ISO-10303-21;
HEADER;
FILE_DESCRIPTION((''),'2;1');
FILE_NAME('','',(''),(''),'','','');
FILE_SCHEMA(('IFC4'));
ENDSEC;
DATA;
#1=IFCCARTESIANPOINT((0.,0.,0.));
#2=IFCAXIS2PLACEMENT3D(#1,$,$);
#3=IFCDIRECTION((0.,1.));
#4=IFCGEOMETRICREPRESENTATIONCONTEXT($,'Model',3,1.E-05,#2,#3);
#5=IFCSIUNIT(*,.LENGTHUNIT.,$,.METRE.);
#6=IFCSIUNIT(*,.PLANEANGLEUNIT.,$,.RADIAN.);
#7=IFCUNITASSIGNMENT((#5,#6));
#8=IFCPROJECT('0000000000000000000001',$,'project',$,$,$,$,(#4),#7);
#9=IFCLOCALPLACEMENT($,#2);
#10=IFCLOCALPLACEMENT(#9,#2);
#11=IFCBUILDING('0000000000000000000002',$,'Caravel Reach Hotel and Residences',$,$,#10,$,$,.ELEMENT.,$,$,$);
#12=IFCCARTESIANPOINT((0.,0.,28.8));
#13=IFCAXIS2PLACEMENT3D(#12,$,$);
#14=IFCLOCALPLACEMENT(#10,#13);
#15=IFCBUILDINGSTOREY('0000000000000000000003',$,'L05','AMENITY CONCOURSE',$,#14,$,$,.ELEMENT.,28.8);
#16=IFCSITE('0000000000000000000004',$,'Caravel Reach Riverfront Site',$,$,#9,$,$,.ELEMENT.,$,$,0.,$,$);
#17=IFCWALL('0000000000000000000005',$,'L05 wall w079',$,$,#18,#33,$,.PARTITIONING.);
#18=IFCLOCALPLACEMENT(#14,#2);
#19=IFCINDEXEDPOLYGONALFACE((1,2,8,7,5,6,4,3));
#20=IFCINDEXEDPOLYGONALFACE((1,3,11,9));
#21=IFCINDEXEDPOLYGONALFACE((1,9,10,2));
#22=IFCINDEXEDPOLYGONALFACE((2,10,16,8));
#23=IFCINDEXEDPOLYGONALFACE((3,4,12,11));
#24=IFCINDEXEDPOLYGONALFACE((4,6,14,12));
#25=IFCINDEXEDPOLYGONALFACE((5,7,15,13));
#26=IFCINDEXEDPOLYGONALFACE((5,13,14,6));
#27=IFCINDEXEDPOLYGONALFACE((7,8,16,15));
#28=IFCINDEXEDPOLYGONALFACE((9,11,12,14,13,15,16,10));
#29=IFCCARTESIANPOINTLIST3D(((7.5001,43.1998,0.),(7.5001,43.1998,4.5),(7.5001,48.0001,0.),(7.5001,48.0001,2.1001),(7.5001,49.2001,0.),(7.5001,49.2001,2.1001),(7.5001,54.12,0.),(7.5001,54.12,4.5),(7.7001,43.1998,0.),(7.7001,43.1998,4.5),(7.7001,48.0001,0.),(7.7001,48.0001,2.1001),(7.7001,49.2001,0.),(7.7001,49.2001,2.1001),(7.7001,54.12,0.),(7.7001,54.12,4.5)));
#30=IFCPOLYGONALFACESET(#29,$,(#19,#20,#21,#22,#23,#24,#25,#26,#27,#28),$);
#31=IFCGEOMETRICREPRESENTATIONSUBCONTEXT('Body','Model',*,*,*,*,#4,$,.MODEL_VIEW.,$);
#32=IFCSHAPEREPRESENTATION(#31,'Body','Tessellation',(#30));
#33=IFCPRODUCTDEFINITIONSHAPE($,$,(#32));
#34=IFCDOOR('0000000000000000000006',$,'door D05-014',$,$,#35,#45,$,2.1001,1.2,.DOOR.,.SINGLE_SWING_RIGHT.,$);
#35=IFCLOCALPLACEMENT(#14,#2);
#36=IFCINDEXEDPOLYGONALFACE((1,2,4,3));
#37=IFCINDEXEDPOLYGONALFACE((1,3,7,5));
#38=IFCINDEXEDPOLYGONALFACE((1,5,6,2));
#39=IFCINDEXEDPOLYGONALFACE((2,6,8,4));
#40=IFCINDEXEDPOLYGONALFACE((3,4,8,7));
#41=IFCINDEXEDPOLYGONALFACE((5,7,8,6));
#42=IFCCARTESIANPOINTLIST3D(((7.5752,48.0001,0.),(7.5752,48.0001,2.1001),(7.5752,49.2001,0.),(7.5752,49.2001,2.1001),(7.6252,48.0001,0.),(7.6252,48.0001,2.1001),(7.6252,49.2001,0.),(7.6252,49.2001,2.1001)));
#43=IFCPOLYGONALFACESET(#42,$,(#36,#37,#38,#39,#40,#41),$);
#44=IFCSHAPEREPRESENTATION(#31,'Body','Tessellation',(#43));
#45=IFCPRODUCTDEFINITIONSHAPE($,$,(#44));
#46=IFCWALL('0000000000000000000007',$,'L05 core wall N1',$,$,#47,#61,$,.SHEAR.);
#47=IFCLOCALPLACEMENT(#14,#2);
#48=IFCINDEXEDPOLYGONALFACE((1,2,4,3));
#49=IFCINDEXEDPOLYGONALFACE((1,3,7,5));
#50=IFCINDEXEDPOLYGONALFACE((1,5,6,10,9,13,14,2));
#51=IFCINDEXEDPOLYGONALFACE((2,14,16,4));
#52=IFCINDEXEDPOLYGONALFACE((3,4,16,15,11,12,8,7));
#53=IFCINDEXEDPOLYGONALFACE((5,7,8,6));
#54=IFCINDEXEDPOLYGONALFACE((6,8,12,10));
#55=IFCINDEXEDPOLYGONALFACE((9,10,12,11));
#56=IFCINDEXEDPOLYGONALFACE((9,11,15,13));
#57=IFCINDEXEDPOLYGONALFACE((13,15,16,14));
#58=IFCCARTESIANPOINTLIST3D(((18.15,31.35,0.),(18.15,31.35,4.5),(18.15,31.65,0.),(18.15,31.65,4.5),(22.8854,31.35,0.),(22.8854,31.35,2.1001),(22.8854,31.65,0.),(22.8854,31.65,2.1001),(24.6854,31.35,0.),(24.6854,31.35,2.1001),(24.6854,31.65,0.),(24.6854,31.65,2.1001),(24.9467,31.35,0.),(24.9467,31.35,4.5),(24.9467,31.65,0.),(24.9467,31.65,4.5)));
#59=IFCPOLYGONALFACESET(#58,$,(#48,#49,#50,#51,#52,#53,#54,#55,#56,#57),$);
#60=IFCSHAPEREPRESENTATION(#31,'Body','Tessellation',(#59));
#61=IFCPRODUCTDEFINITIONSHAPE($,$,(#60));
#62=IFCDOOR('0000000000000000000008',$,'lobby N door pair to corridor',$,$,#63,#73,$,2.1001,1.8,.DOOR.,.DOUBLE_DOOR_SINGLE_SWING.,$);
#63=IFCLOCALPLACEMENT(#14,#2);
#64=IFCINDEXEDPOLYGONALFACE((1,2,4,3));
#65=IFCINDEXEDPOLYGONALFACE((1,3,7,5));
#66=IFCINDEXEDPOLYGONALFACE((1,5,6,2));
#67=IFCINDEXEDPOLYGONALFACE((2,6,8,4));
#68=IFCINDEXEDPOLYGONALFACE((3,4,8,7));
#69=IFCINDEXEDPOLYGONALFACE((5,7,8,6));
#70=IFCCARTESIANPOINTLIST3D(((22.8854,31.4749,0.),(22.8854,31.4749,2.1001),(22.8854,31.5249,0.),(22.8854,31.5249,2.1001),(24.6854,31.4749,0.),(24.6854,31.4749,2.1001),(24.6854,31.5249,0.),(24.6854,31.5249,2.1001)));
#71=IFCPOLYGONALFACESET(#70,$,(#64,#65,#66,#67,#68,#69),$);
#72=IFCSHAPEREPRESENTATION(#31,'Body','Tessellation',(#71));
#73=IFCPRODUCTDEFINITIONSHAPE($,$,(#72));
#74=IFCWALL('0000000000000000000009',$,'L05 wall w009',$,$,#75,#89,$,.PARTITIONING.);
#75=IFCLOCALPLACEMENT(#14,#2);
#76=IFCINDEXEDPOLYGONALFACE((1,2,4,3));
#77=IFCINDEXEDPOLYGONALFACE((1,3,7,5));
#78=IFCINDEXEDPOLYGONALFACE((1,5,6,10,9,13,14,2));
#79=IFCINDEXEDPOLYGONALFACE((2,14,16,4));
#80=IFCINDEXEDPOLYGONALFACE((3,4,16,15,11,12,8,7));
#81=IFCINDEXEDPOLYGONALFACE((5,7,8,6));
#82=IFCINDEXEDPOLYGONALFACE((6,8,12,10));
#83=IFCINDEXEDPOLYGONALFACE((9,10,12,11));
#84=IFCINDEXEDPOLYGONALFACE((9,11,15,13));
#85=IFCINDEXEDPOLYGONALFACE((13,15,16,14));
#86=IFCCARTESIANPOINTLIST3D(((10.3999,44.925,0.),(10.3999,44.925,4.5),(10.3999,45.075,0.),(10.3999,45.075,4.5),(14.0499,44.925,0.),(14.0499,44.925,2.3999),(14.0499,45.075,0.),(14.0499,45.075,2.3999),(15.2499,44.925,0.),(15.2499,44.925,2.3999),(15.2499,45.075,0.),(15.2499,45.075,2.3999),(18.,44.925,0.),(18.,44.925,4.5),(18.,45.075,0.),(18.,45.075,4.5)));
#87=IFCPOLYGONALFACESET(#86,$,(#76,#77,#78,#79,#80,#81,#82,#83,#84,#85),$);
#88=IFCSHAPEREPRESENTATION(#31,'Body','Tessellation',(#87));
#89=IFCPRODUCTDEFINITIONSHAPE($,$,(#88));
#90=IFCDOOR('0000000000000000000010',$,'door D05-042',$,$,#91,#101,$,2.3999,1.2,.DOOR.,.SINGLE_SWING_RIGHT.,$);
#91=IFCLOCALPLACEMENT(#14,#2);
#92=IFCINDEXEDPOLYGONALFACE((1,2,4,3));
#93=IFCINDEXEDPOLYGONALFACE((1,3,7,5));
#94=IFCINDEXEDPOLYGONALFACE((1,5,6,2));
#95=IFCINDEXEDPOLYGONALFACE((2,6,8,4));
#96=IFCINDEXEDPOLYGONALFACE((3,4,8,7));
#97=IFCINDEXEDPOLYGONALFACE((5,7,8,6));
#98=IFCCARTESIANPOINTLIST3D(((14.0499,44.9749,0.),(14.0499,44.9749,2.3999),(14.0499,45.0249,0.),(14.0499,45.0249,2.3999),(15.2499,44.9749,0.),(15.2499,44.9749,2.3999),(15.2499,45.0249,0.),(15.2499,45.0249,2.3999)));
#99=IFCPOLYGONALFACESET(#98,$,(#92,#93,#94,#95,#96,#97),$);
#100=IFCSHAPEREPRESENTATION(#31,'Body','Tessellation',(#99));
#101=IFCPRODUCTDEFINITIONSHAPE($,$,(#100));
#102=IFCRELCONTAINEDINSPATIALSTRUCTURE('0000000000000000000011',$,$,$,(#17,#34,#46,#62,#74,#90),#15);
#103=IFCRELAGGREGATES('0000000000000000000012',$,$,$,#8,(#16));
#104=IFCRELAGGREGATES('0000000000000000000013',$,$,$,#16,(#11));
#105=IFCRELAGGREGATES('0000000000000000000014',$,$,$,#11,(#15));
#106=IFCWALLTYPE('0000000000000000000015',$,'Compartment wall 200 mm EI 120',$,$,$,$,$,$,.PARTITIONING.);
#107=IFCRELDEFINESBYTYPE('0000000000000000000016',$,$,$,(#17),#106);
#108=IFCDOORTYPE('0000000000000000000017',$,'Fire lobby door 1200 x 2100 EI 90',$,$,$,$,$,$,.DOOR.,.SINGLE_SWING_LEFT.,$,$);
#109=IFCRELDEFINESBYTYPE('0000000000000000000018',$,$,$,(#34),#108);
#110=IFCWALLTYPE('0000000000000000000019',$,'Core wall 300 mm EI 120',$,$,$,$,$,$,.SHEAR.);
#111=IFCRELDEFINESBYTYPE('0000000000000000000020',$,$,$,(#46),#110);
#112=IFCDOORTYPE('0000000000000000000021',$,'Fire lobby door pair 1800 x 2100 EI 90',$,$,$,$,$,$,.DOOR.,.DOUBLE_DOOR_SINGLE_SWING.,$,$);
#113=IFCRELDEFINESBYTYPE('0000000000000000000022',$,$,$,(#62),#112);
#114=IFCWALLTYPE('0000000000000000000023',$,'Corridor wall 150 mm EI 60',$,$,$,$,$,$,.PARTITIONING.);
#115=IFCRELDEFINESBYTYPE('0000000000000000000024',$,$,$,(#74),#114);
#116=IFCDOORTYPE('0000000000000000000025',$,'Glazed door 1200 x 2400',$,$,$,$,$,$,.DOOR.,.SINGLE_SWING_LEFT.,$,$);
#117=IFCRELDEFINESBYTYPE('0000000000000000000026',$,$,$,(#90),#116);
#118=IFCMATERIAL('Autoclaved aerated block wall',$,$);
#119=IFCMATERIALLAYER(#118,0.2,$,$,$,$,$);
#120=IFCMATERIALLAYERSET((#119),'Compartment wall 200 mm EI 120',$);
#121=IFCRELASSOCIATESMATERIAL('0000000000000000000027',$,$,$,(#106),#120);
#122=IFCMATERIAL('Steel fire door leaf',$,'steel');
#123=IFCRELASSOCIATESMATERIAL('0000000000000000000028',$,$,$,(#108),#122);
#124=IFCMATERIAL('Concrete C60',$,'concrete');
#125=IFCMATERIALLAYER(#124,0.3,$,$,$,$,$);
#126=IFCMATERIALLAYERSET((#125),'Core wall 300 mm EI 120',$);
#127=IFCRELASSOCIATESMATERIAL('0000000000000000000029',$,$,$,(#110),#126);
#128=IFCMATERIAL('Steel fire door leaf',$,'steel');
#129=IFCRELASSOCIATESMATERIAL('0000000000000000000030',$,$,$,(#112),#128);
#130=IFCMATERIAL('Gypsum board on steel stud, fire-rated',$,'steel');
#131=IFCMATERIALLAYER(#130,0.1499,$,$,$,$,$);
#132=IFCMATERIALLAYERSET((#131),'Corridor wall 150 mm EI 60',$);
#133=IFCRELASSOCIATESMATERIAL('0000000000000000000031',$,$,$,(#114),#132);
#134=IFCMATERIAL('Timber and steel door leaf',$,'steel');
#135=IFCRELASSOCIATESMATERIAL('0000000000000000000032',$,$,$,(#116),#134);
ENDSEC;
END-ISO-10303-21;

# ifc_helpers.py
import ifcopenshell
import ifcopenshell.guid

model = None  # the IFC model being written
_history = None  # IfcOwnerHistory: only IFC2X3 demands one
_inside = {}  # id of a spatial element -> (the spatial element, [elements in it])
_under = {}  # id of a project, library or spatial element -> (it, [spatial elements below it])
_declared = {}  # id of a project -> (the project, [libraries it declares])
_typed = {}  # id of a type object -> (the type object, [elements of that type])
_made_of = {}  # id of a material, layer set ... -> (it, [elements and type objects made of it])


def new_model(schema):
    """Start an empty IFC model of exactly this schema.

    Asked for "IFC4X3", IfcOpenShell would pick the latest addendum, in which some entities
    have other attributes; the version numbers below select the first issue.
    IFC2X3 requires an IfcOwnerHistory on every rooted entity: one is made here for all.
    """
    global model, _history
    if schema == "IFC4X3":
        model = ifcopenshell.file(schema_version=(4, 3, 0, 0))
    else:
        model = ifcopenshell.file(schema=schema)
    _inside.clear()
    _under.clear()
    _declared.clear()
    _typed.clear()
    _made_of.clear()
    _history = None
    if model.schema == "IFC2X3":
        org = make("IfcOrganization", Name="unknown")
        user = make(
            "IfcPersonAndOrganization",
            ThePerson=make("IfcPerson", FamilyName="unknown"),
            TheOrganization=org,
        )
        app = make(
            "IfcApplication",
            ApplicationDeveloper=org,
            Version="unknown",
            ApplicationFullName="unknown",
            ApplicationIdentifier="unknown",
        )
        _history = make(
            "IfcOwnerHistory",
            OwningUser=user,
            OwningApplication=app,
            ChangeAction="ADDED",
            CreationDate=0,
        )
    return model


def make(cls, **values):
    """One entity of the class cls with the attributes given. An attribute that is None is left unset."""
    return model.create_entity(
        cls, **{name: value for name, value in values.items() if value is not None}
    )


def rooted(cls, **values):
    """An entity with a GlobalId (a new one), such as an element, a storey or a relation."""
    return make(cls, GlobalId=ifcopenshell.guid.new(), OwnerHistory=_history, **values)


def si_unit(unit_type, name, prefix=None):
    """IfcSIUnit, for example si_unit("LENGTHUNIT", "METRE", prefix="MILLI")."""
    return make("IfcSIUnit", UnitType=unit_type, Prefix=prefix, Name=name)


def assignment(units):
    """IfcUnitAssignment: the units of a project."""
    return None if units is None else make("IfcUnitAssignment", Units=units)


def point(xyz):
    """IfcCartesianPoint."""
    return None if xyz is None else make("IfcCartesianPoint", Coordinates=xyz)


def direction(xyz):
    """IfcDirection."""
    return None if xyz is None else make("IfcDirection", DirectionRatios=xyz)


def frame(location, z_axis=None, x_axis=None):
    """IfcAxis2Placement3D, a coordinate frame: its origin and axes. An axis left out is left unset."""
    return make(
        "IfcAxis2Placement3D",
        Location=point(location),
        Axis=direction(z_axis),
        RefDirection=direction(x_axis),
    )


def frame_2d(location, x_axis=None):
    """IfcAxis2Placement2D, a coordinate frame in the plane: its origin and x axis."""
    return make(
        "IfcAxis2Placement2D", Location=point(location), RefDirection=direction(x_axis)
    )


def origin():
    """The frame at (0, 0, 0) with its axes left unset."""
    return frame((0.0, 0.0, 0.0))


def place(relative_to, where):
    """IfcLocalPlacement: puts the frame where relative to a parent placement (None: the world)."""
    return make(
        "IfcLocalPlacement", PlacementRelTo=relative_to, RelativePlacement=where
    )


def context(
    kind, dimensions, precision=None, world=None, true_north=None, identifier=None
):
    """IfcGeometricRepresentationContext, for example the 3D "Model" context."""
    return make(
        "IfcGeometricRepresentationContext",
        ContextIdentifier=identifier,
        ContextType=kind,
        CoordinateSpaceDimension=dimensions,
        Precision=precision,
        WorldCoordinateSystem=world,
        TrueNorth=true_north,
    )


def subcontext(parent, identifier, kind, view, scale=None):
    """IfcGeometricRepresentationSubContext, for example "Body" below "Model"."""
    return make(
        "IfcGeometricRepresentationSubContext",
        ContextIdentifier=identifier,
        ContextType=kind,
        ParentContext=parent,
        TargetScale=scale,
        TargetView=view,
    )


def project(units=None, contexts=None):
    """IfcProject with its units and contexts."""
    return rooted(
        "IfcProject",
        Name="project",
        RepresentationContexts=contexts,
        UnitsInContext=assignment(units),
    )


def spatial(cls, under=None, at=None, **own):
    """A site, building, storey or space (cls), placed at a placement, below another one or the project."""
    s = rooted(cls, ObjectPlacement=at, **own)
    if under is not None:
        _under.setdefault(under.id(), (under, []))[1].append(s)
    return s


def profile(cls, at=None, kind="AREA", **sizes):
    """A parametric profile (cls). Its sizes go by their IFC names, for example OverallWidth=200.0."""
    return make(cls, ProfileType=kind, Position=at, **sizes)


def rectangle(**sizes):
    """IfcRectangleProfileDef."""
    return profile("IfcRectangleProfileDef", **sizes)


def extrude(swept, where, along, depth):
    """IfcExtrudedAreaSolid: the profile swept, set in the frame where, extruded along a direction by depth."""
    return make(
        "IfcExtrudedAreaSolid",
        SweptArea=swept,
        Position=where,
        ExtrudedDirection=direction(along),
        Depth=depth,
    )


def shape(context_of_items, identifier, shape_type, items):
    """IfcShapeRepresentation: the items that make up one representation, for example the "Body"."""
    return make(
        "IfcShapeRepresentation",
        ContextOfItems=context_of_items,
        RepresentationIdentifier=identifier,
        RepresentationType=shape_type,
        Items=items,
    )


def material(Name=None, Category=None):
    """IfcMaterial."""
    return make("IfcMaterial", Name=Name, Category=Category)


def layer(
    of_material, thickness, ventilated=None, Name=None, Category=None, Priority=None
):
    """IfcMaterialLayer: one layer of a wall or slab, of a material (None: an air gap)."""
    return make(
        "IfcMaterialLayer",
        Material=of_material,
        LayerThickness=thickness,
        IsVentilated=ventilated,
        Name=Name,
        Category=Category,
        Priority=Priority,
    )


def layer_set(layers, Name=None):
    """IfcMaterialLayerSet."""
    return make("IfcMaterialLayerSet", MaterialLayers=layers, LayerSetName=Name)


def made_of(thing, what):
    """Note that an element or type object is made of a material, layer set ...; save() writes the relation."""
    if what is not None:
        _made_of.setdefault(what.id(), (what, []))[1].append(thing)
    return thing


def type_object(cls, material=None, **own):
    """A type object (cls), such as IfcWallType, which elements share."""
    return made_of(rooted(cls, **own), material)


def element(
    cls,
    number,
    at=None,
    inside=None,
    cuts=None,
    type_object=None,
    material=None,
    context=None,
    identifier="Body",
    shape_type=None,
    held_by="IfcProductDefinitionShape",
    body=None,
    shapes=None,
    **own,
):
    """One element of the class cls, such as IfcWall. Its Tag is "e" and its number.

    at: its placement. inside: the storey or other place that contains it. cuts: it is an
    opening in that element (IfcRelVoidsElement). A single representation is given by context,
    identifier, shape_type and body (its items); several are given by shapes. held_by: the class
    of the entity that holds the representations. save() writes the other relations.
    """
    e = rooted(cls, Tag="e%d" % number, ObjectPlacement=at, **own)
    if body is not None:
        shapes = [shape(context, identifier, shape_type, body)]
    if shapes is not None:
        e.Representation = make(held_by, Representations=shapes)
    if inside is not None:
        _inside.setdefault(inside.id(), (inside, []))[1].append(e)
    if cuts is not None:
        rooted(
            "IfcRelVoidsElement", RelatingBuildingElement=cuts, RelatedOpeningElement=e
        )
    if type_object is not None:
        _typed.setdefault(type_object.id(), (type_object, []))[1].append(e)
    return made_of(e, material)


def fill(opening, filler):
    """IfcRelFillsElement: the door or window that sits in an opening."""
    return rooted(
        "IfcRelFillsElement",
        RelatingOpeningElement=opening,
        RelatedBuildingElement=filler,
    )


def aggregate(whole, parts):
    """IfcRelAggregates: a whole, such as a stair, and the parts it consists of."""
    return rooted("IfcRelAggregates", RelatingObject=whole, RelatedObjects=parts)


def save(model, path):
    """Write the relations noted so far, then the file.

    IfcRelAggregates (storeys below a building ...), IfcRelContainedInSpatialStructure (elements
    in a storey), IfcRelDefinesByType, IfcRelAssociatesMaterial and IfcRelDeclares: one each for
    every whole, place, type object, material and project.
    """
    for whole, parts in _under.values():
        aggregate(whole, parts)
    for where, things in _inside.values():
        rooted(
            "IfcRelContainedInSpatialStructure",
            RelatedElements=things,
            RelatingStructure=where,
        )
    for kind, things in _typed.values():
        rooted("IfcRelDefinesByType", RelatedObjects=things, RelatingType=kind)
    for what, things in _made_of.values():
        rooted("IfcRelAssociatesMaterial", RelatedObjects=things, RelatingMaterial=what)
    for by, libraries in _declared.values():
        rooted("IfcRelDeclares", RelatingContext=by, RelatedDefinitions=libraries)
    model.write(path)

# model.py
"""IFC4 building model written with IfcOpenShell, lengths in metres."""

from ifc_helpers import new_model, si_unit, direction, frame, frame_2d, origin, place, context, subcontext, project, spatial, rectangle, extrude, material, layer, layer_set, type_object, element, fill, save


model = new_model("IFC4")

# Units and contexts
model_context = context("Model", 3, precision=1e-05, world=origin(), true_north=direction((0.0, 1.0)))
body_context = subcontext(model_context, "Body", "Model", "MODEL_VIEW")
ifc_project = project(units=[si_unit("LENGTHUNIT", "METRE"), si_unit("PLANEANGLEUNIT", "RADIAN")], contexts=[model_context])

# Site, building, storey
site_placement = place(None, origin())
site = spatial("IfcSite", under=ifc_project, at=site_placement, Name="Caravel Reach Riverfront Site", CompositionType="ELEMENT", RefElevation=0.0)
building_placement = place(site_placement, origin())
building = spatial("IfcBuilding", under=site, at=building_placement, Name="Caravel Reach Hotel and Residences", CompositionType="ELEMENT")
storey_placement = place(building_placement, frame((0.0, 0.0, 28.8)))
storey = spatial("IfcBuildingStorey", under=building, at=storey_placement, Name="L05", Description="AMENITY CONCOURSE", CompositionType="ELEMENT", Elevation=28.8)

# Shared definitions
ifc_material_1 = material(Name="Autoclaved aerated block wall")
ifc_layer_1 = layer(ifc_material_1, 0.2)
ifc_layer_set_1 = layer_set([ifc_layer_1], Name="Compartment wall 200 mm EI 120")
wall_type_1 = type_object("IfcWallType", Name="Compartment wall 200 mm EI 120", PredefinedType="PARTITIONING", material=ifc_layer_set_1)

# Walls, openings, doors
wall_1_placement = place(storey_placement, frame((7.6001, 43.2, 0.0), z_axis=(0.0, 0.0, 1.0), x_axis=(0.0, 1.0, 0.0)))
wall_1 = element("IfcWall", 1, at=wall_1_placement, inside=storey, type_object=wall_type_1, Name="L05 wall w079", PredefinedType="PARTITIONING", context=body_context, shape_type="SweptSolid", body=[
    extrude(rectangle(XDim=10.9202, YDim=0.2, at=frame_2d((5.46, 0.0))), origin(), (0.0, 0.0, 1.0), 4.5),
])
opening_1_placement = place(wall_1_placement, frame((4.8, 0.0, 0.0)))
opening_1 = element("IfcOpeningElement", 2, at=opening_1_placement, cuts=wall_1, PredefinedType="OPENING", context=body_context, shape_type="SweptSolid", body=[
    extrude(rectangle(XDim=1.2, YDim=2.1001, at=frame_2d((0.6001, 1.05))), frame((0.0, 0.1099, 0.0), z_axis=(0.0, -1.0, 0.0), x_axis=(1.0, 0.0, 0.0)), (0.0, 0.0, 1.0), 0.22),
])
ifc_material_2 = material(Name="Steel fire door leaf", Category="steel")
door_type_1 = type_object("IfcDoorType", Name="Fire lobby door 1200 x 2100 EI 90", OperationType="SINGLE_SWING_LEFT", PredefinedType="DOOR", material=ifc_material_2)
door_1_placement = place(opening_1_placement, origin())
door_1 = element("IfcDoor", 3, at=door_1_placement, inside=storey, type_object=door_type_1, Name="door D05-014", OperationType="SINGLE_SWING_RIGHT", OverallHeight=2.1001, OverallWidth=1.2, PredefinedType="DOOR", context=body_context, shape_type="SweptSolid", body=[
    extrude(rectangle(XDim=1.2, YDim=2.1001, at=frame_2d((0.6001, 1.05))), frame((0.0, 0.0249, 0.0), z_axis=(0.0, -1.0, 0.0), x_axis=(1.0, 0.0, 0.0)), (0.0, 0.0, 1.0), 0.05),
])
fill(opening_1, door_1)
ifc_material_3 = material(Name="Concrete C60", Category="concrete")
ifc_layer_2 = layer(ifc_material_3, 0.3)
ifc_layer_set_2 = layer_set([ifc_layer_2], Name="Core wall 300 mm EI 120")
wall_type_2 = type_object("IfcWallType", Name="Core wall 300 mm EI 120", PredefinedType="SHEAR", material=ifc_layer_set_2)
wall_2_placement = place(storey_placement, frame((18.1499, 31.5, 0.0), z_axis=(0.0, 0.0, 1.0), x_axis=(1.0, 0.0, 0.0)))
wall_2 = element("IfcWall", 4, at=wall_2_placement, inside=storey, type_object=wall_type_2, Name="L05 core wall N1", PredefinedType="SHEAR", context=body_context, shape_type="SweptSolid", body=[
    extrude(rectangle(XDim=6.7966, YDim=0.3, at=frame_2d((3.3984, 0.0))), origin(), (0.0, 0.0, 1.0), 4.5),
])
opening_2_placement = place(wall_2_placement, frame((4.7356, 0.0, 0.0)))
opening_2 = element("IfcOpeningElement", 5, at=opening_2_placement, cuts=wall_2, PredefinedType="OPENING", context=body_context, shape_type="SweptSolid", body=[
    extrude(rectangle(XDim=1.8, YDim=2.1001, at=frame_2d((0.8999, 1.05))), frame((0.0, 0.1599, 0.0), z_axis=(0.0, -1.0, 0.0), x_axis=(1.0, 0.0, 0.0)), (0.0, 0.0, 1.0), 0.3201),
])
ifc_material_4 = material(Name="Steel fire door leaf", Category="steel")
door_type_2 = type_object("IfcDoorType", Name="Fire lobby door pair 1800 x 2100 EI 90", OperationType="DOUBLE_DOOR_SINGLE_SWING", PredefinedType="DOOR", material=ifc_material_4)
door_2_placement = place(opening_2_placement, origin())
door_2 = element("IfcDoor", 6, at=door_2_placement, inside=storey, type_object=door_type_2, Name="lobby N door pair to corridor", OperationType="DOUBLE_DOOR_SINGLE_SWING", OverallHeight=2.1001, OverallWidth=1.8, PredefinedType="DOOR", context=body_context, shape_type="SweptSolid", body=[
    extrude(rectangle(XDim=1.8, YDim=2.1001, at=frame_2d((0.8999, 1.05))), frame((0.0, 0.0249, 0.0), z_axis=(0.0, -1.0, 0.0), x_axis=(1.0, 0.0, 0.0)), (0.0, 0.0, 1.0), 0.05),
])
fill(opening_2, door_2)
ifc_material_5 = material(Name="Gypsum board on steel stud, fire-rated", Category="steel")
ifc_layer_3 = layer(ifc_material_5, 0.1499)
ifc_layer_set_3 = layer_set([ifc_layer_3], Name="Corridor wall 150 mm EI 60")
wall_type_3 = type_object("IfcWallType", Name="Corridor wall 150 mm EI 60", PredefinedType="PARTITIONING", material=ifc_layer_set_3)
wall_3_placement = place(storey_placement, frame((10.3999, 45.0, 0.0), z_axis=(0.0, 0.0, 1.0), x_axis=(1.0, 0.0, 0.0)))
wall_3 = element("IfcWall", 7, at=wall_3_placement, inside=storey, type_object=wall_type_3, Name="L05 wall w009", PredefinedType="PARTITIONING", context=body_context, shape_type="SweptSolid", body=[
    extrude(rectangle(XDim=7.6001, YDim=0.1499, at=frame_2d((3.8, 0.0))), origin(), (0.0, 0.0, 1.0), 4.5),
])
opening_3_placement = place(wall_3_placement, frame((3.6499, 0.0, 0.0)))
opening_3 = element("IfcOpeningElement", 8, at=opening_3_placement, cuts=wall_3, PredefinedType="OPENING", context=body_context, shape_type="SweptSolid", body=[
    extrude(rectangle(XDim=1.2, YDim=2.3999, at=frame_2d((0.6001, 1.2))), frame((0.0, 0.085, 0.0), z_axis=(0.0, -1.0, 0.0), x_axis=(1.0, 0.0, 0.0)), (0.0, 0.0, 1.0), 0.1699),
])
ifc_material_6 = material(Name="Timber and steel door leaf", Category="steel")
door_type_3 = type_object("IfcDoorType", Name="Glazed door 1200 x 2400", OperationType="SINGLE_SWING_LEFT", PredefinedType="DOOR", material=ifc_material_6)
door_3_placement = place(opening_3_placement, origin())
door_3 = element("IfcDoor", 9, at=door_3_placement, inside=storey, type_object=door_type_3, Name="door D05-042", OperationType="SINGLE_SWING_RIGHT", OverallHeight=2.3999, OverallWidth=1.2, PredefinedType="DOOR", context=body_context, shape_type="SweptSolid", body=[
    extrude(rectangle(XDim=1.2, YDim=2.3999, at=frame_2d((0.6001, 1.2))), frame((0.0, 0.0249, 0.0), z_axis=(0.0, -1.0, 0.0), x_axis=(1.0, 0.0, 0.0)), (0.0, 0.0, 1.0), 0.05),
])
fill(opening_3, door_3)

save(model, "model.ifc")
